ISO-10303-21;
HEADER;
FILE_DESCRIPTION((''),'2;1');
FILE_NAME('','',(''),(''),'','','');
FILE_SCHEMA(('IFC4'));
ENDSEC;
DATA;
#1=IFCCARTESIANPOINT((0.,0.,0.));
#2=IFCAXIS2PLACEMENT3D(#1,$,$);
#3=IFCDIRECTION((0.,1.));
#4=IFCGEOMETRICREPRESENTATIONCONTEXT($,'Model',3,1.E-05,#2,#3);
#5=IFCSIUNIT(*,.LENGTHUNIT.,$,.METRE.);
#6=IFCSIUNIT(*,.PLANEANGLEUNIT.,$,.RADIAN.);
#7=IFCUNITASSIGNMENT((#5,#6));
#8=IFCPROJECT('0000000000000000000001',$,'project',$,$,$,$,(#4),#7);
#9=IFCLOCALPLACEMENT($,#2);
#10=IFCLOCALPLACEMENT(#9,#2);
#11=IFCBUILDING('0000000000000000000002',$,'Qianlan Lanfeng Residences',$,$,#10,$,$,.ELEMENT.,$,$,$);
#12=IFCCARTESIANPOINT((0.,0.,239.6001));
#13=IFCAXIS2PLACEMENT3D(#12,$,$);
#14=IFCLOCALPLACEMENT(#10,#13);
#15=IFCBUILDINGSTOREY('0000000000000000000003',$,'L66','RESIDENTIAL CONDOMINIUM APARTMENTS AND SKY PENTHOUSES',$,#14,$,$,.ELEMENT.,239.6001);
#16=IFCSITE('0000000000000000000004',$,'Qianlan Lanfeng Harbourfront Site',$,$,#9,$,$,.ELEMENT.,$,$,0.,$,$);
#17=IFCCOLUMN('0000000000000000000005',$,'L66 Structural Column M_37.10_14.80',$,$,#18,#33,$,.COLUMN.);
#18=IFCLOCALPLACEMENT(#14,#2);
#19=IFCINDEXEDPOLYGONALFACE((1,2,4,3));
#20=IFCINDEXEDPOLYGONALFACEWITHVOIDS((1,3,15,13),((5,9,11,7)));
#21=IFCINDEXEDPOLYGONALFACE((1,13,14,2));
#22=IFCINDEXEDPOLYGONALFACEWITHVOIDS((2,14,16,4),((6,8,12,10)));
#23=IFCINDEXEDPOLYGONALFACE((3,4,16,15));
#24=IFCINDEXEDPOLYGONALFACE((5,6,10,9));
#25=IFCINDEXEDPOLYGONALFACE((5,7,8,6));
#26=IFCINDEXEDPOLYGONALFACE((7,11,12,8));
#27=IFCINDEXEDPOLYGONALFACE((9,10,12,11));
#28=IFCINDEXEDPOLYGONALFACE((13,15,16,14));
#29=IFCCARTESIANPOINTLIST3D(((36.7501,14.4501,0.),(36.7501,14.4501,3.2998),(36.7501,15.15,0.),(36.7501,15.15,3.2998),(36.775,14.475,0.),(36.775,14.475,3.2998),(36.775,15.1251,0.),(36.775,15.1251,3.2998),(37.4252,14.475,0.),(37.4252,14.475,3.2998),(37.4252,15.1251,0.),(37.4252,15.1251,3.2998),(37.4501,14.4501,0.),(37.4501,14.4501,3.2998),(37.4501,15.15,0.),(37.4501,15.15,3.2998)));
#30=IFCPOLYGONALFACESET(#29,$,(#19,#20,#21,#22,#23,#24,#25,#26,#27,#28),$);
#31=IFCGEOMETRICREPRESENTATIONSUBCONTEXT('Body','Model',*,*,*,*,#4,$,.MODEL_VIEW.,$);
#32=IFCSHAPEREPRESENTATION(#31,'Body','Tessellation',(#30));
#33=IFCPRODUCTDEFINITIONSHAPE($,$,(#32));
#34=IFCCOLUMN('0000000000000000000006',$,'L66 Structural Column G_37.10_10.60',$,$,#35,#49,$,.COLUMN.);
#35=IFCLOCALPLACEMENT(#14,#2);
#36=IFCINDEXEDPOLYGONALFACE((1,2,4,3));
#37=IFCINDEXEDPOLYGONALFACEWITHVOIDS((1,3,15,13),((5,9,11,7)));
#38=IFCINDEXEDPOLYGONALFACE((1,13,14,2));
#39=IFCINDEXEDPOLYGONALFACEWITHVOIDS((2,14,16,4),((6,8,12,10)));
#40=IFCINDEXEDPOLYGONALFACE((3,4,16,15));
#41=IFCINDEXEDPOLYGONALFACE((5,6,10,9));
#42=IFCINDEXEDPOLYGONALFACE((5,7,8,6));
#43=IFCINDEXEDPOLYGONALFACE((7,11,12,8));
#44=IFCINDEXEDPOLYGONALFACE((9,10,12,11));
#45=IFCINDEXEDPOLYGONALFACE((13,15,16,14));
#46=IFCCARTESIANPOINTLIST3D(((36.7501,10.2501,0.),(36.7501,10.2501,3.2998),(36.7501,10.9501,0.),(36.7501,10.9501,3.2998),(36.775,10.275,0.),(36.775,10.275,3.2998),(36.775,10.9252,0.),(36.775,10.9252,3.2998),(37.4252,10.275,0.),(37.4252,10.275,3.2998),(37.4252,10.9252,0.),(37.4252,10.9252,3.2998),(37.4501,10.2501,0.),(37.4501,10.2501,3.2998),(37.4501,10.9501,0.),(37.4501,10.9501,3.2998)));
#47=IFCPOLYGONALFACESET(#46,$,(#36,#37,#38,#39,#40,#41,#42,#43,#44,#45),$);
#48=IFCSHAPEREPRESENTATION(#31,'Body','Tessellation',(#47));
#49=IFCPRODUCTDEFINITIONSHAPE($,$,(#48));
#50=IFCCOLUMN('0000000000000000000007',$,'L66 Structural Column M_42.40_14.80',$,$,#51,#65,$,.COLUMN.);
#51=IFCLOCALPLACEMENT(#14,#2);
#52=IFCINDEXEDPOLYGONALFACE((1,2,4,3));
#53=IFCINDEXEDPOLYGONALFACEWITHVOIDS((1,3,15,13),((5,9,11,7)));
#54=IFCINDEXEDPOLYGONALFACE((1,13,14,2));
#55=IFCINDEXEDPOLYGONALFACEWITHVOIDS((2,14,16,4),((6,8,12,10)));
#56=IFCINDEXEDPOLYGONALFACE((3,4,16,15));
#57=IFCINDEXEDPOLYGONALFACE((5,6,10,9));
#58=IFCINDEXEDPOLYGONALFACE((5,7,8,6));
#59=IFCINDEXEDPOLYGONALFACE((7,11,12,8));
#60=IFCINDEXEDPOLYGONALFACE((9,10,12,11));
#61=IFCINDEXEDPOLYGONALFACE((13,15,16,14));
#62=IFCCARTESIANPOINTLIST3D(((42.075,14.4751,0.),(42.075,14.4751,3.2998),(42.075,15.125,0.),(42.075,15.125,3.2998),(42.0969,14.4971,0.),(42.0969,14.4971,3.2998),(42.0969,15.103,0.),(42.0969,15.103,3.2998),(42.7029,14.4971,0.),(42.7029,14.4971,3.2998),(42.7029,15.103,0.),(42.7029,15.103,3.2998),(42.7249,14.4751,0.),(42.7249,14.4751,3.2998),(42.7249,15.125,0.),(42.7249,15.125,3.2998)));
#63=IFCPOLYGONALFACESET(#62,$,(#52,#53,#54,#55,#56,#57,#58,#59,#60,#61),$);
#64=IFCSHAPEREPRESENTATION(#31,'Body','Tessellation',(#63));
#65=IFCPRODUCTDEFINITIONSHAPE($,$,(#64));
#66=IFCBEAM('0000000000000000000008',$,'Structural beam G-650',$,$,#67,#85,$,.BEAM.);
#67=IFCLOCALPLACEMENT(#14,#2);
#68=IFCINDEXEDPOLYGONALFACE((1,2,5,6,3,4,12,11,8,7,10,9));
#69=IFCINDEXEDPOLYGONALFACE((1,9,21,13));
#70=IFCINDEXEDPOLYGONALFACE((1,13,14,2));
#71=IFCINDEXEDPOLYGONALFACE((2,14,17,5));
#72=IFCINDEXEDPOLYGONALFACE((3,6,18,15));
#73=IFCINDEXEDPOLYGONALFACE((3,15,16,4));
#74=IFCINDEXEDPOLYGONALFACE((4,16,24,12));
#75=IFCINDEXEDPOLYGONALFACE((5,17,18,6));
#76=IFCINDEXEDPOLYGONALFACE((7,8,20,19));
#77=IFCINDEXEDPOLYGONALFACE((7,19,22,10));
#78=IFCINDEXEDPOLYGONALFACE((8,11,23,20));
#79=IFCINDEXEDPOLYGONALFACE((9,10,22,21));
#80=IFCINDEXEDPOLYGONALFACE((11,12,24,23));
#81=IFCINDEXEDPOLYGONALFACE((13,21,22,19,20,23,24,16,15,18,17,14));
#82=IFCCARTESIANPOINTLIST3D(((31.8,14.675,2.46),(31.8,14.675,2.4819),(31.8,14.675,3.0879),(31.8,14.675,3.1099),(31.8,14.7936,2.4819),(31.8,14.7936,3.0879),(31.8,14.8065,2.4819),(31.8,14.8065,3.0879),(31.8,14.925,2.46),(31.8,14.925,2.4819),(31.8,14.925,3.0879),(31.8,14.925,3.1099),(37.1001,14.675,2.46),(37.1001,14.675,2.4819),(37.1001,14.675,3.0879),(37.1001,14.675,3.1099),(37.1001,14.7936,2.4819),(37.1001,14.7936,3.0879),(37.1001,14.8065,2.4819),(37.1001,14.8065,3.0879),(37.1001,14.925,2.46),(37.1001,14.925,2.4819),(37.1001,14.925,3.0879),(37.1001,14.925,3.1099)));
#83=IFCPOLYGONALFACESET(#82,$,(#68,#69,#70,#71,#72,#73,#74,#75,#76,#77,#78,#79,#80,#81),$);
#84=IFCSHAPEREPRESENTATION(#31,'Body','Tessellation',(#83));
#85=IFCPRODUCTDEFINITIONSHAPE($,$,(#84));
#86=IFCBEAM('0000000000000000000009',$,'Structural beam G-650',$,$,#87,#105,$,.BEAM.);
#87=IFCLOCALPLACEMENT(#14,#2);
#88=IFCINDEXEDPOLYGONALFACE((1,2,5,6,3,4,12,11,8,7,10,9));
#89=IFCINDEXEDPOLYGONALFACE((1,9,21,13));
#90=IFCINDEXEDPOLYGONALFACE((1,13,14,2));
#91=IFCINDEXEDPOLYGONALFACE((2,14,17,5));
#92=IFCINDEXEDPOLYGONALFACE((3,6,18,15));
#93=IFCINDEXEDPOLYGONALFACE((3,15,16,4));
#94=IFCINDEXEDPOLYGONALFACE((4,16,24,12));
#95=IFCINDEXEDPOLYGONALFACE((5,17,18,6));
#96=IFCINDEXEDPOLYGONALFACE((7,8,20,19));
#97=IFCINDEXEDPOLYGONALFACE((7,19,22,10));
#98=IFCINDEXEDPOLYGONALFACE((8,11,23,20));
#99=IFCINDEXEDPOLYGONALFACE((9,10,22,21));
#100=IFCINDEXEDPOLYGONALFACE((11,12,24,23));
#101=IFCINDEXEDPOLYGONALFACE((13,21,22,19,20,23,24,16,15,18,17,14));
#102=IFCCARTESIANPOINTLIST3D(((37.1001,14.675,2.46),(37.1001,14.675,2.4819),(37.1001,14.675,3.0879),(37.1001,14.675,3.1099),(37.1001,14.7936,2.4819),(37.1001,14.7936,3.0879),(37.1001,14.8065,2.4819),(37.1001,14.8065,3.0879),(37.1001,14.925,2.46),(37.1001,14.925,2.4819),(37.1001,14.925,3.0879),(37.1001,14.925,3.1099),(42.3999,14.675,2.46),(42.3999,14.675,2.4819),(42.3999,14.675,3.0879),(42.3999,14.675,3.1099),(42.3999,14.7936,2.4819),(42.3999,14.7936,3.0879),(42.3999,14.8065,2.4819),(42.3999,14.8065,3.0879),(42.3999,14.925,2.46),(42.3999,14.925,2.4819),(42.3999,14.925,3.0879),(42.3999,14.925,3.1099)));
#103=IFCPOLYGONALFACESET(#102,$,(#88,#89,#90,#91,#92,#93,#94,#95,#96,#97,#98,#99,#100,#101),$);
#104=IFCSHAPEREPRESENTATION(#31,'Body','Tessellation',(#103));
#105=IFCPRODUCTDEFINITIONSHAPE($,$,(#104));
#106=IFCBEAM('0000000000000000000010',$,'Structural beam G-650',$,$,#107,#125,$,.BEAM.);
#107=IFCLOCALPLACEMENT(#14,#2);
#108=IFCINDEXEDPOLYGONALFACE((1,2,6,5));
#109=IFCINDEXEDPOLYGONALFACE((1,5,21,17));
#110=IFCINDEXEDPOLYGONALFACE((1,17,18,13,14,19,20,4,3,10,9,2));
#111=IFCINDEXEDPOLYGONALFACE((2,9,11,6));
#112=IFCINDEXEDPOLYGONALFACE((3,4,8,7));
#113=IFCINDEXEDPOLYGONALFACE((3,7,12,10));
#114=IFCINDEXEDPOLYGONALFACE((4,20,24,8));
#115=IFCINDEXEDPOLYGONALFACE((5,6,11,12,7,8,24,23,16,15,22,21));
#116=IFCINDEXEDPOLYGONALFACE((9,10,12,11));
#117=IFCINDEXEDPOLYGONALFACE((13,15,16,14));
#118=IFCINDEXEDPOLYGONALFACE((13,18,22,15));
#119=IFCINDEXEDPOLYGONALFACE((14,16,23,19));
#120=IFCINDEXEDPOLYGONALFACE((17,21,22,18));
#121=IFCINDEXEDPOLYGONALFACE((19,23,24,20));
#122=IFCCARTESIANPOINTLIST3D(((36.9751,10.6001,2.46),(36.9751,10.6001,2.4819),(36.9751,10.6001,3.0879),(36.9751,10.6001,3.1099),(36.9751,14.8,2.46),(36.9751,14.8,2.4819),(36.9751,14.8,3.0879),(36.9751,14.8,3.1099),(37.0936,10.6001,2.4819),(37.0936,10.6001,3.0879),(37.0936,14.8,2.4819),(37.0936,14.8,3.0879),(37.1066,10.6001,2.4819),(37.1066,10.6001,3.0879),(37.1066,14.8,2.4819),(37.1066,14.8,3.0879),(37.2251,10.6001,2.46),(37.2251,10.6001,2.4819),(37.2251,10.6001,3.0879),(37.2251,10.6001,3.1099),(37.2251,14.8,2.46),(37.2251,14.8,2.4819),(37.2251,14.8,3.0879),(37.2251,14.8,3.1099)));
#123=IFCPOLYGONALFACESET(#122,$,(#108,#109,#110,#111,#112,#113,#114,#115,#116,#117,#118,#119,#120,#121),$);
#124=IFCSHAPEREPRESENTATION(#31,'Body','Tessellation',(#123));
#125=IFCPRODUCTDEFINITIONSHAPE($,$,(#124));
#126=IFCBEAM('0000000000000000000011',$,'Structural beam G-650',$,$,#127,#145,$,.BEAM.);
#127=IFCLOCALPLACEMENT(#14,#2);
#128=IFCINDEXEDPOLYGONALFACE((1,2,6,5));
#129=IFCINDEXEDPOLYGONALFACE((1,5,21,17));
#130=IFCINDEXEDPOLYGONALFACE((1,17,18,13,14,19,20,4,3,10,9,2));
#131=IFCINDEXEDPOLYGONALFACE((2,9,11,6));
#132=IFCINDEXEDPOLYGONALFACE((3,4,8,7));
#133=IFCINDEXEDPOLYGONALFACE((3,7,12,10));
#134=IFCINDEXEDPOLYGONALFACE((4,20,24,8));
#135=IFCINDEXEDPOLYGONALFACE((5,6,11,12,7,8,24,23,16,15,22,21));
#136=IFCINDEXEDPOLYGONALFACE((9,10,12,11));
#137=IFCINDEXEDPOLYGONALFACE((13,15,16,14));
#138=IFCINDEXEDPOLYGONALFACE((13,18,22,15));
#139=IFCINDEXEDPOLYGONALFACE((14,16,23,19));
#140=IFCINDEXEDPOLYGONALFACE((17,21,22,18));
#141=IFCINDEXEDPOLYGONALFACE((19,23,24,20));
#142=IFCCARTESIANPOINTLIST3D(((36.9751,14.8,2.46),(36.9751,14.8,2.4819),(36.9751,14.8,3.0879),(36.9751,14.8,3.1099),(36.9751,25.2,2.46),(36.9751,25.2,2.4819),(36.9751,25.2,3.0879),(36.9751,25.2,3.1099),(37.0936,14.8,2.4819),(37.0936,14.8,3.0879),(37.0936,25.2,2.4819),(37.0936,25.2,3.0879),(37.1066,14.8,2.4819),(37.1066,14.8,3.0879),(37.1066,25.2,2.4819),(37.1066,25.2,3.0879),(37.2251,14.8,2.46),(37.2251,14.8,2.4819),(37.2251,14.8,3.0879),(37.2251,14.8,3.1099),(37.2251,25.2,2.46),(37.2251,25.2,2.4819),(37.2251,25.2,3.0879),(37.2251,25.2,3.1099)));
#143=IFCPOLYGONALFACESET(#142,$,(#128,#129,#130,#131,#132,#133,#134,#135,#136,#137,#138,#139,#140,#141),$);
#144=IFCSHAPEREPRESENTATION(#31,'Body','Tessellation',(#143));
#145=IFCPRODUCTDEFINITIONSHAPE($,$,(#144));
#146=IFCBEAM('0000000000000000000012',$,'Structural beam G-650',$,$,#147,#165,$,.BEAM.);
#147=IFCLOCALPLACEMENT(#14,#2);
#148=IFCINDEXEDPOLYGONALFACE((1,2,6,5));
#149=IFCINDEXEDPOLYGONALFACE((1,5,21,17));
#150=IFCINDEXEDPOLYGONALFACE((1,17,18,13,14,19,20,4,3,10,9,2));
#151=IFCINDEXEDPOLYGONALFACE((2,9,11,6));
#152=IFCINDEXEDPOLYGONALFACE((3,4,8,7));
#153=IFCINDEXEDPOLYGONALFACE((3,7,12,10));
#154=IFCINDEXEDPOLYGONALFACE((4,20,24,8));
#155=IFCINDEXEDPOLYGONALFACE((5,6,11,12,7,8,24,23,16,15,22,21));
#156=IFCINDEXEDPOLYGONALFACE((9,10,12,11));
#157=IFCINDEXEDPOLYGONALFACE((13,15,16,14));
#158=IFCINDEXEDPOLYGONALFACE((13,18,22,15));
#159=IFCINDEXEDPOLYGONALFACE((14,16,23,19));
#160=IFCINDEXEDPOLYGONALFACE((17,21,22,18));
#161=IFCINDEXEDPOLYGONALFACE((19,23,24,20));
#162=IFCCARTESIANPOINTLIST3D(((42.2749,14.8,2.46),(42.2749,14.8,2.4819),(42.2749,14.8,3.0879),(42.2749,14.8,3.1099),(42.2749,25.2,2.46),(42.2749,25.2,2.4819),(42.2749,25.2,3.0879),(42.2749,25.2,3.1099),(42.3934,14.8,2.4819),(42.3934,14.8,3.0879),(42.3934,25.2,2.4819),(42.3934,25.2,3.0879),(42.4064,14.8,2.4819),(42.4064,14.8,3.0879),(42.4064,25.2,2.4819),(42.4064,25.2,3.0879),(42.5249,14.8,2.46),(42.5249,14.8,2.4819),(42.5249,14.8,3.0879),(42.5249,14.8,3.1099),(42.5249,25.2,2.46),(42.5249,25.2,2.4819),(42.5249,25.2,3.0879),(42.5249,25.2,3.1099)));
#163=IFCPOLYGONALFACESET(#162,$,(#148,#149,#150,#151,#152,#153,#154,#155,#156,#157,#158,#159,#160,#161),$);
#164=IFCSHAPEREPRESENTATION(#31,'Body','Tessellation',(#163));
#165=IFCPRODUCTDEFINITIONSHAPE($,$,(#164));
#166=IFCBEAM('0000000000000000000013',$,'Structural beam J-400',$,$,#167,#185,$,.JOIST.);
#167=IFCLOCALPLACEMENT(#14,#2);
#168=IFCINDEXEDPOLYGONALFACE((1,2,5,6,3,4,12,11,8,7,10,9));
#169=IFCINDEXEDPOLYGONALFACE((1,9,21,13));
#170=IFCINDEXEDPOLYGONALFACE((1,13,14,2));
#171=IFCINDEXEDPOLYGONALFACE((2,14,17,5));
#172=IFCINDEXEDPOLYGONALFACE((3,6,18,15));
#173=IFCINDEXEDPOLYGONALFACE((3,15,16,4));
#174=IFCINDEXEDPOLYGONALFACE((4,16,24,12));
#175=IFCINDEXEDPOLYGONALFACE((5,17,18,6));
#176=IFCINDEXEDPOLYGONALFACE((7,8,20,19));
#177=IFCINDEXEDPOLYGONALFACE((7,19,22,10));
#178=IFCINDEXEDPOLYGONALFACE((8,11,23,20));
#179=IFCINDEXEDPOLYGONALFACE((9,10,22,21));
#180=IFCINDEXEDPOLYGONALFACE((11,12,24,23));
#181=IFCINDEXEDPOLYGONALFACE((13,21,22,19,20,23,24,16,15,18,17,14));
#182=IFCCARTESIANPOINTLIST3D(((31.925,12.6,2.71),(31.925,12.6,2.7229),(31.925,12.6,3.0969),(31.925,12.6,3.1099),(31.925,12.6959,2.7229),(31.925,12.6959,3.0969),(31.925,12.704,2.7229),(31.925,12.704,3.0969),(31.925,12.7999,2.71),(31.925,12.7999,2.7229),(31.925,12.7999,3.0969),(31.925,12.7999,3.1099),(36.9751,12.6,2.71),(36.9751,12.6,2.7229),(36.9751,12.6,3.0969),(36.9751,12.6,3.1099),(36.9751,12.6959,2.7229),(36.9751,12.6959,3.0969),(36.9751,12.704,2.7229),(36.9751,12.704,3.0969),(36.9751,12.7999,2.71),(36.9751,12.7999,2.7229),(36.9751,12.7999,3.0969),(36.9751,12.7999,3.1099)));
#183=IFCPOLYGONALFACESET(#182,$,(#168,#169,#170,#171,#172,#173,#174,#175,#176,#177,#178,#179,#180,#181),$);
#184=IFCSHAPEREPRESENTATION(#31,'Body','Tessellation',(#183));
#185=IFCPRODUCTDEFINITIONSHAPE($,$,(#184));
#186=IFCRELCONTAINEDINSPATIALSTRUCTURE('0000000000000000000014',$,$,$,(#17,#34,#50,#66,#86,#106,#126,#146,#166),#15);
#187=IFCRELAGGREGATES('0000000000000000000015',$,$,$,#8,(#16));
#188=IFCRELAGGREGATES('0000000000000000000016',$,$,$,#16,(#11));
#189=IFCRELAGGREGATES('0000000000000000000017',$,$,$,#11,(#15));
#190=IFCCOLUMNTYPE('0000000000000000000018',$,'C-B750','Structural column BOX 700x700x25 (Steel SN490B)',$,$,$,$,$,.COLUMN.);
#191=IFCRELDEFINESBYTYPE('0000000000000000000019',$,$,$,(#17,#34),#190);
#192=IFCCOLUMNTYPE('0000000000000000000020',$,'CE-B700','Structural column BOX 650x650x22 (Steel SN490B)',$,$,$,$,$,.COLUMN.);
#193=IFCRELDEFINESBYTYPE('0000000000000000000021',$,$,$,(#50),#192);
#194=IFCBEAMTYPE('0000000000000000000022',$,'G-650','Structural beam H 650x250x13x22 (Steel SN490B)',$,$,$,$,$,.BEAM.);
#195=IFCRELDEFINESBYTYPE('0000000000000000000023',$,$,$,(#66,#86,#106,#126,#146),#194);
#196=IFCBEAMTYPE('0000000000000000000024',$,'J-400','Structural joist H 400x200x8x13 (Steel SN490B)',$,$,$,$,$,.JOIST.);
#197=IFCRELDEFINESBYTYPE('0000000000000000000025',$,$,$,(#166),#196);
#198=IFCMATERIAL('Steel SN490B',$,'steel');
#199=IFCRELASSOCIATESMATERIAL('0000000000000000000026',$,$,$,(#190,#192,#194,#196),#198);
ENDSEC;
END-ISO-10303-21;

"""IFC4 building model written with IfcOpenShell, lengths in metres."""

from ifc_helpers import new_model, si_unit, direction, frame, origin, origin_2d, place, context, subcontext, project, spatial, hollow_rectangle, i_section, extrude, material, material_profile, profile_set, type_object, element, save


model = new_model("IFC4")

# Units and contexts
model_context = context("Model", 3, precision=1e-05, world=origin(), true_north=direction((0.0, 1.0)))
body_context = subcontext(model_context, "Body", "Model", "MODEL_VIEW")
ifc_project = project(units=[si_unit("LENGTHUNIT", "METRE"), si_unit("PLANEANGLEUNIT", "RADIAN")], contexts=[model_context])

# Site, building, storey
site_placement = place(None, origin())
site = spatial("IfcSite", under=ifc_project, at=site_placement, Name="Qianlan Lanfeng Harbourfront Site", CompositionType="ELEMENT", RefElevation=0.0)
building_placement = place(site_placement, origin())
building = spatial("IfcBuilding", under=site, at=building_placement, Name="Qianlan Lanfeng Residences", CompositionType="ELEMENT")
storey_placement = place(building_placement, frame((0.0, 0.0, 239.6001)))
storey = spatial("IfcBuildingStorey", under=building, at=storey_placement, Name="L66", Description="RESIDENTIAL CONDOMINIUM APARTMENTS AND SKY PENTHOUSES", CompositionType="ELEMENT", Elevation=239.6001)

# Columns
ifc_material_1 = material(Name="Steel SN490B", Category="steel")
ifc_material_profile_1 = material_profile(ifc_material_1, hollow_rectangle(XDim=0.7, YDim=0.7, WallThickness=0.0249, at=origin_2d()), Name="BOX 700x700x25")
ifc_profile_set_1 = profile_set([ifc_material_profile_1], Name="Steel SN490B")
column_type_1 = type_object("IfcColumnType", Name="C-B750", Description="Structural column BOX 700x700x25 (Steel SN490B)", PredefinedType="COLUMN", material=ifc_profile_set_1)
for number, where, z_axis, x_axis, name in (
    (1, (37.1001, 14.8, 0.0), (0.0, 0.0, 1.0), (1.0, 0.0, 0.0), "L66 Structural Column M_37.10_14.80"),
    (2, (37.1001, 10.6001, 0.0), (0.0, 0.0, 1.0), (1.0, 0.0, 0.0), "L66 Structural Column G_37.10_10.60"),
):
    element("IfcColumn", number, at=place(storey_placement, frame(where, z_axis=z_axis, x_axis=x_axis)), inside=storey, type_object=column_type_1, Name=name, PredefinedType="COLUMN", context=body_context, shape_type="SweptSolid", body=[
        extrude(hollow_rectangle(XDim=0.7, YDim=0.7, WallThickness=0.0249, at=origin_2d()), origin(), (0.0, 0.0, 1.0), 3.2998),
    ])
ifc_material_profile_2 = material_profile(ifc_material_1, hollow_rectangle(XDim=0.6499, YDim=0.6499, WallThickness=0.022, at=origin_2d()), Name="BOX 650x650x22")
ifc_profile_set_2 = profile_set([ifc_material_profile_2], Name="Steel SN490B")
column_type_2 = type_object("IfcColumnType", Name="CE-B700", Description="Structural column BOX 650x650x22 (Steel SN490B)", PredefinedType="COLUMN", material=ifc_profile_set_2)
column_placement = place(storey_placement, frame((42.3999, 14.8, 0.0), z_axis=(0.0, 0.0, 1.0), x_axis=(1.0, 0.0, 0.0)))
element("IfcColumn", 3, at=column_placement, inside=storey, type_object=column_type_2, Name="L66 Structural Column M_42.40_14.80", PredefinedType="COLUMN", context=body_context, shape_type="SweptSolid", body=[
    extrude(hollow_rectangle(XDim=0.6499, YDim=0.6499, WallThickness=0.022, at=origin_2d()), origin(), (0.0, 0.0, 1.0), 3.2998),
])

# Beams
ifc_material_profile_3 = material_profile(ifc_material_1, i_section(OverallWidth=0.25, OverallDepth=0.6499, WebThickness=0.0129, FlangeThickness=0.022, at=origin_2d()), Name="H 650x250x13x22")
ifc_profile_set_3 = profile_set([ifc_material_profile_3], Name="Steel SN490B")
beam_type_1 = type_object("IfcBeamType", Name="G-650", Description="Structural beam H 650x250x13x22 (Steel SN490B)", PredefinedType="BEAM", material=ifc_profile_set_3)
beam_1_placement = place(storey_placement, frame((31.8, 14.8, 2.7849), z_axis=(1.0, 0.0, 0.0), x_axis=(0.0, 1.0, 0.0)))
element("IfcBeam", 4, at=beam_1_placement, inside=storey, type_object=beam_type_1, Name="Structural beam G-650", PredefinedType="BEAM", context=body_context, shape_type="SweptSolid", body=[
    extrude(i_section(OverallWidth=0.25, OverallDepth=0.6499, WebThickness=0.0129, FlangeThickness=0.022, at=origin_2d()), origin(), (0.0, 0.0, 1.0), 5.3),
])
beam_2_placement = place(storey_placement, frame((37.1001, 14.8, 2.7849), z_axis=(1.0, 0.0, 0.0), x_axis=(0.0, 1.0, 0.0)))
element("IfcBeam", 5, at=beam_2_placement, inside=storey, type_object=beam_type_1, Name="Structural beam G-650", PredefinedType="BEAM", context=body_context, shape_type="SweptSolid", body=[
    extrude(i_section(OverallWidth=0.25, OverallDepth=0.6499, WebThickness=0.0129, FlangeThickness=0.022, at=origin_2d()), origin(), (0.0, 0.0, 1.0), 5.2998),
])
beam_3_placement = place(storey_placement, frame((37.1001, 10.6001, 2.7849), z_axis=(0.0, 1.0, 0.0), x_axis=(-1.0, 0.0, 0.0)))
element("IfcBeam", 6, at=beam_3_placement, inside=storey, type_object=beam_type_1, Name="Structural beam G-650", PredefinedType="BEAM", context=body_context, shape_type="SweptSolid", body=[
    extrude(i_section(OverallWidth=0.25, OverallDepth=0.6499, WebThickness=0.0129, FlangeThickness=0.022, at=origin_2d()), origin(), (0.0, 0.0, 1.0), 4.2),
])
for number, where, z_axis, x_axis, name in (
    (7, (37.1001, 14.8, 2.7849), (0.0, 1.0, 0.0), (-1.0, 0.0, 0.0), "Structural beam G-650"),
    (8, (42.3999, 14.8, 2.7849), (0.0, 1.0, 0.0), (-1.0, 0.0, 0.0), "Structural beam G-650"),
):
    element("IfcBeam", number, at=place(storey_placement, frame(where, z_axis=z_axis, x_axis=x_axis)), inside=storey, type_object=beam_type_1, Name=name, PredefinedType="BEAM", context=body_context, shape_type="SweptSolid", body=[
        extrude(i_section(OverallWidth=0.25, OverallDepth=0.6499, WebThickness=0.0129, FlangeThickness=0.022, at=origin_2d()), origin(), (0.0, 0.0, 1.0), 10.3999),
    ])
ifc_material_profile_4 = material_profile(ifc_material_1, i_section(OverallWidth=0.2, OverallDepth=0.3999, WebThickness=0.0081, FlangeThickness=0.0129, at=origin_2d()), Name="H 400x200x8x13")
ifc_profile_set_4 = profile_set([ifc_material_profile_4], Name="Steel SN490B")
beam_type_2 = type_object("IfcBeamType", Name="J-400", Description="Structural joist H 400x200x8x13 (Steel SN490B)", PredefinedType="JOIST", material=ifc_profile_set_4)
beam_4_placement = place(storey_placement, frame((31.925, 12.7, 2.9099), z_axis=(1.0, 0.0, 0.0), x_axis=(0.0, 1.0, 0.0)))
element("IfcBeam", 9, at=beam_4_placement, inside=storey, type_object=beam_type_2, Name="Structural beam J-400", PredefinedType="JOIST", context=body_context, shape_type="SweptSolid", body=[
    extrude(i_section(OverallWidth=0.2, OverallDepth=0.3999, WebThickness=0.0081, FlangeThickness=0.0129, at=origin_2d()), origin(), (0.0, 0.0, 1.0), 5.05),
])

save(model, "model.ifc")
